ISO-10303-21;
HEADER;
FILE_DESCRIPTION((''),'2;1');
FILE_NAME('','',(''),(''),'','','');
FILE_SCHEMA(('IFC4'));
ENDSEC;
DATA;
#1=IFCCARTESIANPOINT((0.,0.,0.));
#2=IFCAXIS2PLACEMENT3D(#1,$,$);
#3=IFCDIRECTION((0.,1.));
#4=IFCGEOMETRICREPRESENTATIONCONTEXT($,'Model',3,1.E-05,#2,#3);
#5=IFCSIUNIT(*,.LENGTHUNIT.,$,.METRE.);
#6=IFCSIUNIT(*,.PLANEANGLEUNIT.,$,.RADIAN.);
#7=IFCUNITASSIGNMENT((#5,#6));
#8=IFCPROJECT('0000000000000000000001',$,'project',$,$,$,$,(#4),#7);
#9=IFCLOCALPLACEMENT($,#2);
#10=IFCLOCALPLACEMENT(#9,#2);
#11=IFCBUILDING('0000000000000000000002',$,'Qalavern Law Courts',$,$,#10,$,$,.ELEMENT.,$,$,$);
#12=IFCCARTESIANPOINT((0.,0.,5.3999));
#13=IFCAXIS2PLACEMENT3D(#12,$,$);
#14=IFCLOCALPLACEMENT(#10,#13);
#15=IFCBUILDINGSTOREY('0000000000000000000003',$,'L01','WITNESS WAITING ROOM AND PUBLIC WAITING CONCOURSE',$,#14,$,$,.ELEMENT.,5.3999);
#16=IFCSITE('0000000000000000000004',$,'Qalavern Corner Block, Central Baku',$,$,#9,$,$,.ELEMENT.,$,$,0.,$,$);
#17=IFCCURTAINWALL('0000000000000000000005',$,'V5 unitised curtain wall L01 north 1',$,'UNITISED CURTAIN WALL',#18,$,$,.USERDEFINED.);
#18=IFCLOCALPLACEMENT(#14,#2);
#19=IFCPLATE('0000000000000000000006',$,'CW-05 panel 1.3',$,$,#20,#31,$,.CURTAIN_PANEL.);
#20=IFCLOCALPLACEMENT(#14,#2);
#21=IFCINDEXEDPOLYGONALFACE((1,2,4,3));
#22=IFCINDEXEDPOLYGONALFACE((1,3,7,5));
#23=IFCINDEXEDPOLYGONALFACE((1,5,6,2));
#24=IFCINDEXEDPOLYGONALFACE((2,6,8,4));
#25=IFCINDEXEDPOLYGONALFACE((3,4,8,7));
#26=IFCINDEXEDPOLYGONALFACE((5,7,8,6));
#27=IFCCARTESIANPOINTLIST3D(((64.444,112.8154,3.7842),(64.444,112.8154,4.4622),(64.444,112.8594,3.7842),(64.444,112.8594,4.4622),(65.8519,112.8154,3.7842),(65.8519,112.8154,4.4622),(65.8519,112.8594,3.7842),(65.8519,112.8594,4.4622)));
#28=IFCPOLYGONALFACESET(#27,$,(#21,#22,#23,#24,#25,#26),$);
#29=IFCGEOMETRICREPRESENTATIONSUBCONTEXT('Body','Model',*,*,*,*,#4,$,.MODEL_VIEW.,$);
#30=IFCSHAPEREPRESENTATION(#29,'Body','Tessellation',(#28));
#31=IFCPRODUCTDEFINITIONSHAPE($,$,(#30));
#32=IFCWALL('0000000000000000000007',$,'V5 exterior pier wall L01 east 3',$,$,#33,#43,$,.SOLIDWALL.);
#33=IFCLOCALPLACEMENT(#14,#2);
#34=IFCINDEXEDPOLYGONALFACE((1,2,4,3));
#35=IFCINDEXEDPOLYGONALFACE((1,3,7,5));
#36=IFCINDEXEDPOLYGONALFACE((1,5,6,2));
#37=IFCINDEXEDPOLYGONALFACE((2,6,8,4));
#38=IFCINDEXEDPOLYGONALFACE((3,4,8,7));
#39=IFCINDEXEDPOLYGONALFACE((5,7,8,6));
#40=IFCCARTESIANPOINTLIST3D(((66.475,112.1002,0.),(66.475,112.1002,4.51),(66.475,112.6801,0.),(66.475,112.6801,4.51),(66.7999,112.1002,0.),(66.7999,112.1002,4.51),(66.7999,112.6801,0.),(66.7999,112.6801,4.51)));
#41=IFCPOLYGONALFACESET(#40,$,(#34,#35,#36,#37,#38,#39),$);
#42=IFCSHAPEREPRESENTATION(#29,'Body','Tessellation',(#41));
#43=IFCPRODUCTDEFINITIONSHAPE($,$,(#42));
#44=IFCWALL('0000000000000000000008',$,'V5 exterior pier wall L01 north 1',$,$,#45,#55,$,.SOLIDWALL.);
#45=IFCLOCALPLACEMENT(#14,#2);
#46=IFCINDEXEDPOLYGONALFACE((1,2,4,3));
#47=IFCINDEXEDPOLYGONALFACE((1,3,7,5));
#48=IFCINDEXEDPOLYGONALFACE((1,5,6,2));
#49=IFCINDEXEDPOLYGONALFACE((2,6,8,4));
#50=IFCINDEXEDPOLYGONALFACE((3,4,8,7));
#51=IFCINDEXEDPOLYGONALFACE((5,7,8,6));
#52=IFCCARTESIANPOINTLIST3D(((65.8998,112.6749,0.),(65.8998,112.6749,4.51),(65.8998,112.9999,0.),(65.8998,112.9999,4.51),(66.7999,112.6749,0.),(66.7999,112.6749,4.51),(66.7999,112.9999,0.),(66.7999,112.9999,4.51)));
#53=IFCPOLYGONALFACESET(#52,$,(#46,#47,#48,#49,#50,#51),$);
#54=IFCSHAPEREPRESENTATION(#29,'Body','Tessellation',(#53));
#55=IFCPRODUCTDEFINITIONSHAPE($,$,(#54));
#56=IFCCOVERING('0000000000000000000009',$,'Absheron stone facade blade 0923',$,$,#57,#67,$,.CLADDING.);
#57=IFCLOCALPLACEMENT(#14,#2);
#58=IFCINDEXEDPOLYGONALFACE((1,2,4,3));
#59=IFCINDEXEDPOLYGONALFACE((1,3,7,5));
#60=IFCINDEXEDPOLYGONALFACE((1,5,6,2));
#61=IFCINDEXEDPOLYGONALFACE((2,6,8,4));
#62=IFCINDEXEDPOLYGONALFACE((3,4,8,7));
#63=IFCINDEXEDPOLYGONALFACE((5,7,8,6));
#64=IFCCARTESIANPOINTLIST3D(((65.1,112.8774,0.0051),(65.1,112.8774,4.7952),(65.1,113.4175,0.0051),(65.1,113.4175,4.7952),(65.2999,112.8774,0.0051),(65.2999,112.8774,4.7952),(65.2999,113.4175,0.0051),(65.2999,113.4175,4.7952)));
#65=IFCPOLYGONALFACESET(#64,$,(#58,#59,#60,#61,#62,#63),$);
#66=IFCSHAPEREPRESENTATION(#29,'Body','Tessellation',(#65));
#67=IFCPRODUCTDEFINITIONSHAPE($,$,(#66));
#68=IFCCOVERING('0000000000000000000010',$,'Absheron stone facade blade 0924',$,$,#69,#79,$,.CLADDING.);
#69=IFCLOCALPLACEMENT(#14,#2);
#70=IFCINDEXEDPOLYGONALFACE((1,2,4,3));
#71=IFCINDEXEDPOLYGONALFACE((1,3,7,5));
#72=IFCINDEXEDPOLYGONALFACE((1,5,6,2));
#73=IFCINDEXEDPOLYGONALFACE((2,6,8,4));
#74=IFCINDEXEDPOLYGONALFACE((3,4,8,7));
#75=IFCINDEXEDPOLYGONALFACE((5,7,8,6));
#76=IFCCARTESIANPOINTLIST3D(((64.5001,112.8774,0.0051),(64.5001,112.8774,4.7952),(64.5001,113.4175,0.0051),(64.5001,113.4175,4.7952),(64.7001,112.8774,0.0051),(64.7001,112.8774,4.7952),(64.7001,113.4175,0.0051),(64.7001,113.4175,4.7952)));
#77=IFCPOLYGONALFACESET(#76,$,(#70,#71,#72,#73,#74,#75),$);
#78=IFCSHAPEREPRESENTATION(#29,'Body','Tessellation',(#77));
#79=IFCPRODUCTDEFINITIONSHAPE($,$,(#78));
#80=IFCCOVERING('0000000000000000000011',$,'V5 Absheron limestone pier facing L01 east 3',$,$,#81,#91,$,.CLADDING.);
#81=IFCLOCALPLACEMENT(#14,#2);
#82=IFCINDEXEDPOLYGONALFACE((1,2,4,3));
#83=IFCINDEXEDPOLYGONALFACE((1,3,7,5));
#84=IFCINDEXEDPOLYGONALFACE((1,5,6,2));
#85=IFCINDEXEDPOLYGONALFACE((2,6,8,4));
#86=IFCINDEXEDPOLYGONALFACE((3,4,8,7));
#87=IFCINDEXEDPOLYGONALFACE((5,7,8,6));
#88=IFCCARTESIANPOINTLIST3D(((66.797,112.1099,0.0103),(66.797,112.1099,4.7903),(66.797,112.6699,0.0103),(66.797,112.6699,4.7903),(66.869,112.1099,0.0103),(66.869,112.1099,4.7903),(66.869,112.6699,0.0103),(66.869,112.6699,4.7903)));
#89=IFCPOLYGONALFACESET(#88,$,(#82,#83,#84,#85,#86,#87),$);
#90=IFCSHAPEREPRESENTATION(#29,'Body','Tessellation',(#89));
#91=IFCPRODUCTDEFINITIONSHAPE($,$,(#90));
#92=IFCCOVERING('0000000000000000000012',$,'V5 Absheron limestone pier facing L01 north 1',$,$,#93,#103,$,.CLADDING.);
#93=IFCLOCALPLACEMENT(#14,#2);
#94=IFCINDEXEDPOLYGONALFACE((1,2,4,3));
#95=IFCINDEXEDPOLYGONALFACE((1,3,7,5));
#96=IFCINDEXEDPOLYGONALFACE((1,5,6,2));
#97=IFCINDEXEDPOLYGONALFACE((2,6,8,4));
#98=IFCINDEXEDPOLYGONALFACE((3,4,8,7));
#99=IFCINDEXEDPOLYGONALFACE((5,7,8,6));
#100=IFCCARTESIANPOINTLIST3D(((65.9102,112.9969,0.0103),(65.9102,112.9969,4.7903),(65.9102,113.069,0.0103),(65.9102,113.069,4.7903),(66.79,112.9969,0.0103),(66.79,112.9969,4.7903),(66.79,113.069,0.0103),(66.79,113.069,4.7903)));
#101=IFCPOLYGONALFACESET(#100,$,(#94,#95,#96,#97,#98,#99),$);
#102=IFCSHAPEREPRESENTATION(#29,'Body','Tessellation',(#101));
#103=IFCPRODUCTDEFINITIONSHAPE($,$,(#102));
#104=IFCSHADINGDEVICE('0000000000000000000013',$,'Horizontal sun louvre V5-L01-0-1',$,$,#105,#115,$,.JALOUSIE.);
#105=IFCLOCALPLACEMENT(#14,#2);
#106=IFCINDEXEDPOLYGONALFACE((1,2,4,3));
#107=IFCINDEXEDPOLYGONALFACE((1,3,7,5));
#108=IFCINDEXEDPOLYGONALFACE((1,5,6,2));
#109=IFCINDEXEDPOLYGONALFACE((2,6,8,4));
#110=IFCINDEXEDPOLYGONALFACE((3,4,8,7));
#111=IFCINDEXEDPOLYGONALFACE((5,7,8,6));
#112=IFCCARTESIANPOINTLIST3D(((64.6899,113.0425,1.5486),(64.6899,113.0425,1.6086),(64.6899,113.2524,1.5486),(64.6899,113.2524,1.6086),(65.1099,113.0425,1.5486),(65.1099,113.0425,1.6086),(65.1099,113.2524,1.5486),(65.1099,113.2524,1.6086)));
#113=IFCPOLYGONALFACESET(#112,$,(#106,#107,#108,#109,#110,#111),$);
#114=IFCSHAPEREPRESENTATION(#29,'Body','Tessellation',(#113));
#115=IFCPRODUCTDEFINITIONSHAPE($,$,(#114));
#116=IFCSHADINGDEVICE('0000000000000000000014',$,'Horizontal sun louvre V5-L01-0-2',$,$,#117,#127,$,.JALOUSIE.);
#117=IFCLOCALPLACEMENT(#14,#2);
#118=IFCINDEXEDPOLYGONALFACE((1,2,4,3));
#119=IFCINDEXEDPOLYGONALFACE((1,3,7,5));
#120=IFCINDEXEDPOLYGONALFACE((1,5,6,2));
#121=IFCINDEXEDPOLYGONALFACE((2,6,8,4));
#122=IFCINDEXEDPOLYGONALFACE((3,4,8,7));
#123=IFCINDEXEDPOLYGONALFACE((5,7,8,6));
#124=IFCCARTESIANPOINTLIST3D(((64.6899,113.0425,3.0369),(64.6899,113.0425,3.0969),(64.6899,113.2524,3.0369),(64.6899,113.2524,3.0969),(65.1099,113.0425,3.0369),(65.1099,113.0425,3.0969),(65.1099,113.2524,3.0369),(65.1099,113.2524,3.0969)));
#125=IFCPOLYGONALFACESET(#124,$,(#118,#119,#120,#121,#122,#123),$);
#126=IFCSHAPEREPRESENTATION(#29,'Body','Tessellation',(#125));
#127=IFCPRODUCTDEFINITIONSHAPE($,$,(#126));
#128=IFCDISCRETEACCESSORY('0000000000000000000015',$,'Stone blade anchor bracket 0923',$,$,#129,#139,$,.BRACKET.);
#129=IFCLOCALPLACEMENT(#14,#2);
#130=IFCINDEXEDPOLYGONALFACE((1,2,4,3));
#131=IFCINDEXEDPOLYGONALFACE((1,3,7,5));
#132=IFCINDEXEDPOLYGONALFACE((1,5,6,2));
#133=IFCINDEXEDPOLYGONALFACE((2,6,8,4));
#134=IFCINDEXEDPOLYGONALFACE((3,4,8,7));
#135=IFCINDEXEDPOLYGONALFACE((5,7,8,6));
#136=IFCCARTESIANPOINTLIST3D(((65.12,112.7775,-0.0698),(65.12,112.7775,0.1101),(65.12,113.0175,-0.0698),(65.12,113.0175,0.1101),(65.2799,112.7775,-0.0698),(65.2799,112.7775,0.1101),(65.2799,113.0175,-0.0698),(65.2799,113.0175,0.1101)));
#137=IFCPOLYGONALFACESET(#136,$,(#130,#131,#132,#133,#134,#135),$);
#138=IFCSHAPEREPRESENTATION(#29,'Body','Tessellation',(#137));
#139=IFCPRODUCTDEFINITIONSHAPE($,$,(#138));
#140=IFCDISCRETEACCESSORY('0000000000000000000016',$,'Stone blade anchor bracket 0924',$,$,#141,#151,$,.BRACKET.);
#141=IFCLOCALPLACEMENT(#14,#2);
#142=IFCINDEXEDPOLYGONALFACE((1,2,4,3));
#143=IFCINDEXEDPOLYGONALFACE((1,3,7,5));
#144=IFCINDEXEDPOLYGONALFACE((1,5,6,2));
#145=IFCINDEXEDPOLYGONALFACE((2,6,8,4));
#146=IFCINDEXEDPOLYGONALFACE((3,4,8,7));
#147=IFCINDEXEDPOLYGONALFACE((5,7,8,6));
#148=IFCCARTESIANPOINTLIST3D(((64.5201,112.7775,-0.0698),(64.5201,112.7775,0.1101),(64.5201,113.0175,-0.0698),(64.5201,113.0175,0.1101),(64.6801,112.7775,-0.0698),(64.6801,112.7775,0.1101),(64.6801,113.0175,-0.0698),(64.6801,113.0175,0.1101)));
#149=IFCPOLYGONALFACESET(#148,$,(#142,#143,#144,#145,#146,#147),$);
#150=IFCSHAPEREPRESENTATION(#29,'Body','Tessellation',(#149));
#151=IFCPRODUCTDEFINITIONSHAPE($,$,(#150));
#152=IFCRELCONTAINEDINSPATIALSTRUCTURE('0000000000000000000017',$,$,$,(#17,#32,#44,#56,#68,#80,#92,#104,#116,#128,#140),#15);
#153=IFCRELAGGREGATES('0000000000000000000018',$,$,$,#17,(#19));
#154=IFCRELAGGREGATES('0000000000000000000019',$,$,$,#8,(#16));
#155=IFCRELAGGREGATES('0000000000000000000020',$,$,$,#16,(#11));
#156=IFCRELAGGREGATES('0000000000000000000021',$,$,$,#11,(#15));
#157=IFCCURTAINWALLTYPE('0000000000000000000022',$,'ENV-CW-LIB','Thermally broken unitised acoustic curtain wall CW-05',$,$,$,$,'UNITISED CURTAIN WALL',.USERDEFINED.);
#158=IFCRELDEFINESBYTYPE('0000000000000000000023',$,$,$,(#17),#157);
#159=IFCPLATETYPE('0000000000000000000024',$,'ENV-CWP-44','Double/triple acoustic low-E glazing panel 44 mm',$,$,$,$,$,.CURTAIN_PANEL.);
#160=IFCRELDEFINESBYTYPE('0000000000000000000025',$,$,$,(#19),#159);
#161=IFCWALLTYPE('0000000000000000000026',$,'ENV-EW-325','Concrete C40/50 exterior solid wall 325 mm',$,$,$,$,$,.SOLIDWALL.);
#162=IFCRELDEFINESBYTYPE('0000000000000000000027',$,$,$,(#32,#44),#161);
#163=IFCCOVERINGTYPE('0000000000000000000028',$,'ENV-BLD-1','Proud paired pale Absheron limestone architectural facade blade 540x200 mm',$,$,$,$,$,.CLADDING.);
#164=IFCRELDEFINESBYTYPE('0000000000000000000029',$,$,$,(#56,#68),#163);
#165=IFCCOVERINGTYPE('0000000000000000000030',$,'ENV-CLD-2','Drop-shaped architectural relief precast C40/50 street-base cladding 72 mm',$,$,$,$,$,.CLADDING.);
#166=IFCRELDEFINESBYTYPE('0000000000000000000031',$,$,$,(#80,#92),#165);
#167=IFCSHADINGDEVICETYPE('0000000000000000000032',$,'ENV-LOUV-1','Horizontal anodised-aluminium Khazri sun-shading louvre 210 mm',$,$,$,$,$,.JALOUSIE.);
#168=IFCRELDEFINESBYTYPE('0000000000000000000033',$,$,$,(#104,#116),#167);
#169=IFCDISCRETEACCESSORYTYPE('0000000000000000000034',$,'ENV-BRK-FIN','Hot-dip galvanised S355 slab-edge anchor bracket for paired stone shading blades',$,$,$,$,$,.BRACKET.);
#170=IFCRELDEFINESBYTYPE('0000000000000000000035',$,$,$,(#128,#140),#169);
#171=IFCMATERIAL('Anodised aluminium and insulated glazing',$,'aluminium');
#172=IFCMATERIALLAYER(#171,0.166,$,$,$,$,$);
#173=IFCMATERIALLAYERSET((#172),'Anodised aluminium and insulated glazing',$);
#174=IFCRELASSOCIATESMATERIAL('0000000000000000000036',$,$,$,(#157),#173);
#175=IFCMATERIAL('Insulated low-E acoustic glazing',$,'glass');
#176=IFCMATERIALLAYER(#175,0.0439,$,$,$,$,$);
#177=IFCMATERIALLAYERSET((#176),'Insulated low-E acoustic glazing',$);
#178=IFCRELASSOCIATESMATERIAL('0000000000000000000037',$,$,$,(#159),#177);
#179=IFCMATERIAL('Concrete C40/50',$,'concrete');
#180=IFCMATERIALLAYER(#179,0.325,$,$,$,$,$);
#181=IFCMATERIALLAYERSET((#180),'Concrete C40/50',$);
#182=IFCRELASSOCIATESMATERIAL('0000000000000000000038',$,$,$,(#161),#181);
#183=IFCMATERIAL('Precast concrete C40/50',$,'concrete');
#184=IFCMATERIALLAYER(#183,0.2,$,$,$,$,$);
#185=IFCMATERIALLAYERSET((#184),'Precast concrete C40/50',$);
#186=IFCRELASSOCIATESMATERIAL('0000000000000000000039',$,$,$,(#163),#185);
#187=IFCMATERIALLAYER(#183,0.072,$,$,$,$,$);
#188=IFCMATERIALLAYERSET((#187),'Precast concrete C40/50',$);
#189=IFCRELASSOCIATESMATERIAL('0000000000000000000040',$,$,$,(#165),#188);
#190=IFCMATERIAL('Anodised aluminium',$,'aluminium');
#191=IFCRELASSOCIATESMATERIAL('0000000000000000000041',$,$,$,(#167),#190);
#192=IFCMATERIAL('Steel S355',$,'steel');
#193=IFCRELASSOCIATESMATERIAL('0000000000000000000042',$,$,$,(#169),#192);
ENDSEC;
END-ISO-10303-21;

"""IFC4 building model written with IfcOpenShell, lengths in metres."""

from ifc_helpers import new_model, si_unit, direction, frame, frame_2d, origin, origin_2d, place, context, subcontext, project, spatial, rectangle, extrude, material, layer, layer_set, type_object, element, aggregate, save


model = new_model("IFC4")

# Units and contexts
model_context = context("Model", 3, precision=1e-05, world=origin(), true_north=direction((0.0, 1.0)))
body_context = subcontext(model_context, "Body", "Model", "MODEL_VIEW")
ifc_project = project(units=[si_unit("LENGTHUNIT", "METRE"), si_unit("PLANEANGLEUNIT", "RADIAN")], contexts=[model_context])

# Site, building, storey
site_placement = place(None, origin())
site = spatial("IfcSite", under=ifc_project, at=site_placement, Name="Qalavern Corner Block, Central Baku", CompositionType="ELEMENT", RefElevation=0.0)
building_placement = place(site_placement, origin())
building = spatial("IfcBuilding", under=site, at=building_placement, Name="Qalavern Law Courts", CompositionType="ELEMENT")
storey_placement = place(building_placement, frame((0.0, 0.0, 5.3999)))
storey = spatial("IfcBuildingStorey", under=building, at=storey_placement, Name="L01", Description="WITNESS WAITING ROOM AND PUBLIC WAITING CONCOURSE", CompositionType="ELEMENT", Elevation=5.3999)

# Curtain wall, plate
ifc_material_1 = material(Name="Anodised aluminium and insulated glazing", Category="aluminium")
ifc_layer_1 = layer(ifc_material_1, 0.166)
ifc_layer_set_1 = layer_set([ifc_layer_1], Name="Anodised aluminium and insulated glazing")
curtain_wall_type = type_object("IfcCurtainWallType", Name="ENV-CW-LIB", Description="Thermally broken unitised acoustic curtain wall CW-05", ElementType="UNITISED CURTAIN WALL", PredefinedType="USERDEFINED", material=ifc_layer_set_1)
curtain_wall_placement = place(storey_placement, origin())
curtain_wall = element("IfcCurtainWall", 1, at=curtain_wall_placement, inside=storey, type_object=curtain_wall_type, Name="V5 unitised curtain wall L01 north 1", ObjectType="UNITISED CURTAIN WALL", PredefinedType="USERDEFINED")
ifc_material_2 = material(Name="Anodised aluminium", Category="aluminium")
ifc_material_3 = material(Name="Insulated low-E acoustic glazing", Category="glass")
ifc_layer_2 = layer(ifc_material_3, 0.0439)
ifc_layer_set_2 = layer_set([ifc_layer_2], Name="Insulated low-E acoustic glazing")
plate_type = type_object("IfcPlateType", Name="ENV-CWP-44", Description="Double/triple acoustic low-E glazing panel 44 mm", PredefinedType="CURTAIN_PANEL", material=ifc_layer_set_2)
plate_1_placement = place(storey_placement, frame((65.1479, 112.8374, 3.7842), z_axis=(0.0, 0.0, 1.0), x_axis=(-1.0, 0.0, 0.0)))
plate_1 = element("IfcPlate", 2, at=plate_1_placement, type_object=plate_type, Name="CW-05 panel 1.3", PredefinedType="CURTAIN_PANEL", context=body_context, shape_type="SweptSolid", body=[
    extrude(rectangle(XDim=1.408, YDim=0.0439, at=origin_2d()), origin(), (0.0, 0.0, 1.0), 0.678),
])
aggregate(curtain_wall, [plate_1])

# Walls
ifc_material_4 = material(Name="Concrete C40/50", Category="concrete")
ifc_layer_3 = layer(ifc_material_4, 0.325)
ifc_layer_set_3 = layer_set([ifc_layer_3], Name="Concrete C40/50")
wall_type = type_object("IfcWallType", Name="ENV-EW-325", Description="Concrete C40/50 exterior solid wall 325 mm", PredefinedType="SOLIDWALL", material=ifc_layer_set_3)
wall_1_placement = place(storey_placement, frame((66.6375, 112.1001, 0.0), z_axis=(0.0, 0.0, 1.0), x_axis=(0.0, 1.0, 0.0)))
element("IfcWall", 3, at=wall_1_placement, inside=storey, type_object=wall_type, Name="V5 exterior pier wall L01 east 3", PredefinedType="SOLIDWALL", context=body_context, shape_type="SweptSolid", body=[
    extrude(rectangle(XDim=0.5798, YDim=0.325, at=frame_2d((0.29, 0.0))), origin(), (0.0, 0.0, 1.0), 4.51),
])
wall_2_placement = place(storey_placement, frame((66.8, 112.8374, 0.0), z_axis=(0.0, 0.0, 1.0), x_axis=(-1.0, 0.0, 0.0)))
element("IfcWall", 4, at=wall_2_placement, inside=storey, type_object=wall_type, Name="V5 exterior pier wall L01 north 1", PredefinedType="SOLIDWALL", context=body_context, shape_type="SweptSolid", body=[
    extrude(rectangle(XDim=0.9001, YDim=0.325, at=frame_2d((0.4502, 0.0))), origin(), (0.0, 0.0, 1.0), 4.51),
])

# Coverings
ifc_material_5 = material(Name="Precast concrete C40/50", Category="concrete")
ifc_layer_4 = layer(ifc_material_5, 0.2)
ifc_layer_set_4 = layer_set([ifc_layer_4], Name="Precast concrete C40/50")
covering_type_1 = type_object("IfcCoveringType", Name="ENV-BLD-1", Description="Proud paired pale Absheron limestone architectural facade blade 540x200 mm", PredefinedType="CLADDING", material=ifc_layer_set_4)
for number, where, z_axis, x_axis, name in (
    (5, (65.2, 113.1475, 0.0051), (0.0, 0.0, 1.0), (0.0, 1.0, 0.0), "Absheron stone facade blade 0923"),
    (6, (64.6001, 113.1475, 0.0051), (0.0, 0.0, 1.0), (0.0, 1.0, 0.0), "Absheron stone facade blade 0924"),
):
    element("IfcCovering", number, at=place(storey_placement, frame(where, z_axis=z_axis, x_axis=x_axis)), inside=storey, type_object=covering_type_1, Name=name, PredefinedType="CLADDING", context=body_context, shape_type="SweptSolid", body=[
        extrude(rectangle(XDim=0.54, YDim=0.2, at=origin_2d()), origin(), (0.0, 0.0, 1.0), 4.79),
    ])
ifc_layer_5 = layer(ifc_material_5, 0.072)
ifc_layer_set_5 = layer_set([ifc_layer_5], Name="Precast concrete C40/50")
covering_type_2 = type_object("IfcCoveringType", Name="ENV-CLD-2", Description="Drop-shaped architectural relief precast C40/50 street-base cladding 72 mm", PredefinedType="CLADDING", material=ifc_layer_set_5)
covering_1_placement = place(storey_placement, frame((66.833, 112.3899, 0.0103), z_axis=(0.0, 0.0, 1.0), x_axis=(0.0, 1.0, 0.0)))
element("IfcCovering", 7, at=covering_1_placement, inside=storey, type_object=covering_type_2, Name="V5 Absheron limestone pier facing L01 east 3", PredefinedType="CLADDING", context=body_context, shape_type="SweptSolid", body=[
    extrude(rectangle(XDim=0.5601, YDim=0.072, at=origin_2d()), origin(), (0.0, 0.0, 1.0), 4.78),
])
covering_2_placement = place(storey_placement, frame((66.3501, 113.033, 0.0103), z_axis=(0.0, 0.0, 1.0), x_axis=(-1.0, 0.0, 0.0)))
element("IfcCovering", 8, at=covering_2_placement, inside=storey, type_object=covering_type_2, Name="V5 Absheron limestone pier facing L01 north 1", PredefinedType="CLADDING", context=body_context, shape_type="SweptSolid", body=[
    extrude(rectangle(XDim=0.8799, YDim=0.072, at=origin_2d()), origin(), (0.0, 0.0, 1.0), 4.78),
])

# Shading devices
shading_device_type = type_object("IfcShadingDeviceType", Name="ENV-LOUV-1", Description="Horizontal anodised-aluminium Khazri sun-shading louvre 210 mm", PredefinedType="JALOUSIE", material=ifc_material_2)
for number, where, z_axis, x_axis, name in (
    (9, (64.8999, 113.1475, 1.5486), (0.0, 0.0, 1.0), (-1.0, 0.0, 0.0), "Horizontal sun louvre V5-L01-0-1"),
    (10, (64.8999, 113.1475, 3.0369), (0.0, 0.0, 1.0), (-1.0, 0.0, 0.0), "Horizontal sun louvre V5-L01-0-2"),
):
    element("IfcShadingDevice", number, at=place(storey_placement, frame(where, z_axis=z_axis, x_axis=x_axis)), inside=storey, type_object=shading_device_type, Name=name, PredefinedType="JALOUSIE", context=body_context, shape_type="SweptSolid", body=[
        extrude(rectangle(XDim=0.4199, YDim=0.21, at=origin_2d()), origin(), (0.0, 0.0, 1.0), 0.0601),
    ])

# Discrete accessories
ifc_material_6 = material(Name="Steel S355", Category="steel")
discrete_accessory_type = type_object("IfcDiscreteAccessoryType", Name="ENV-BRK-FIN", Description="Hot-dip galvanised S355 slab-edge anchor bracket for paired stone shading blades", PredefinedType="BRACKET", material=ifc_material_6)
for number, where, z_axis, x_axis, name in (
    (11, (65.2, 112.8975, -0.0698), (0.0, 0.0, 1.0), (0.0, 1.0, 0.0), "Stone blade anchor bracket 0923"),
    (12, (64.6001, 112.8975, -0.0698), (0.0, 0.0, 1.0), (0.0, 1.0, 0.0), "Stone blade anchor bracket 0924"),
):
    element("IfcDiscreteAccessory", number, at=place(storey_placement, frame(where, z_axis=z_axis, x_axis=x_axis)), inside=storey, type_object=discrete_accessory_type, Name=name, PredefinedType="BRACKET", context=body_context, shape_type="SweptSolid", body=[
        extrude(rectangle(XDim=0.24, YDim=0.1599, at=origin_2d()), origin(), (0.0, 0.0, 1.0), 0.1799),
    ])

save(model, "model.ifc")
